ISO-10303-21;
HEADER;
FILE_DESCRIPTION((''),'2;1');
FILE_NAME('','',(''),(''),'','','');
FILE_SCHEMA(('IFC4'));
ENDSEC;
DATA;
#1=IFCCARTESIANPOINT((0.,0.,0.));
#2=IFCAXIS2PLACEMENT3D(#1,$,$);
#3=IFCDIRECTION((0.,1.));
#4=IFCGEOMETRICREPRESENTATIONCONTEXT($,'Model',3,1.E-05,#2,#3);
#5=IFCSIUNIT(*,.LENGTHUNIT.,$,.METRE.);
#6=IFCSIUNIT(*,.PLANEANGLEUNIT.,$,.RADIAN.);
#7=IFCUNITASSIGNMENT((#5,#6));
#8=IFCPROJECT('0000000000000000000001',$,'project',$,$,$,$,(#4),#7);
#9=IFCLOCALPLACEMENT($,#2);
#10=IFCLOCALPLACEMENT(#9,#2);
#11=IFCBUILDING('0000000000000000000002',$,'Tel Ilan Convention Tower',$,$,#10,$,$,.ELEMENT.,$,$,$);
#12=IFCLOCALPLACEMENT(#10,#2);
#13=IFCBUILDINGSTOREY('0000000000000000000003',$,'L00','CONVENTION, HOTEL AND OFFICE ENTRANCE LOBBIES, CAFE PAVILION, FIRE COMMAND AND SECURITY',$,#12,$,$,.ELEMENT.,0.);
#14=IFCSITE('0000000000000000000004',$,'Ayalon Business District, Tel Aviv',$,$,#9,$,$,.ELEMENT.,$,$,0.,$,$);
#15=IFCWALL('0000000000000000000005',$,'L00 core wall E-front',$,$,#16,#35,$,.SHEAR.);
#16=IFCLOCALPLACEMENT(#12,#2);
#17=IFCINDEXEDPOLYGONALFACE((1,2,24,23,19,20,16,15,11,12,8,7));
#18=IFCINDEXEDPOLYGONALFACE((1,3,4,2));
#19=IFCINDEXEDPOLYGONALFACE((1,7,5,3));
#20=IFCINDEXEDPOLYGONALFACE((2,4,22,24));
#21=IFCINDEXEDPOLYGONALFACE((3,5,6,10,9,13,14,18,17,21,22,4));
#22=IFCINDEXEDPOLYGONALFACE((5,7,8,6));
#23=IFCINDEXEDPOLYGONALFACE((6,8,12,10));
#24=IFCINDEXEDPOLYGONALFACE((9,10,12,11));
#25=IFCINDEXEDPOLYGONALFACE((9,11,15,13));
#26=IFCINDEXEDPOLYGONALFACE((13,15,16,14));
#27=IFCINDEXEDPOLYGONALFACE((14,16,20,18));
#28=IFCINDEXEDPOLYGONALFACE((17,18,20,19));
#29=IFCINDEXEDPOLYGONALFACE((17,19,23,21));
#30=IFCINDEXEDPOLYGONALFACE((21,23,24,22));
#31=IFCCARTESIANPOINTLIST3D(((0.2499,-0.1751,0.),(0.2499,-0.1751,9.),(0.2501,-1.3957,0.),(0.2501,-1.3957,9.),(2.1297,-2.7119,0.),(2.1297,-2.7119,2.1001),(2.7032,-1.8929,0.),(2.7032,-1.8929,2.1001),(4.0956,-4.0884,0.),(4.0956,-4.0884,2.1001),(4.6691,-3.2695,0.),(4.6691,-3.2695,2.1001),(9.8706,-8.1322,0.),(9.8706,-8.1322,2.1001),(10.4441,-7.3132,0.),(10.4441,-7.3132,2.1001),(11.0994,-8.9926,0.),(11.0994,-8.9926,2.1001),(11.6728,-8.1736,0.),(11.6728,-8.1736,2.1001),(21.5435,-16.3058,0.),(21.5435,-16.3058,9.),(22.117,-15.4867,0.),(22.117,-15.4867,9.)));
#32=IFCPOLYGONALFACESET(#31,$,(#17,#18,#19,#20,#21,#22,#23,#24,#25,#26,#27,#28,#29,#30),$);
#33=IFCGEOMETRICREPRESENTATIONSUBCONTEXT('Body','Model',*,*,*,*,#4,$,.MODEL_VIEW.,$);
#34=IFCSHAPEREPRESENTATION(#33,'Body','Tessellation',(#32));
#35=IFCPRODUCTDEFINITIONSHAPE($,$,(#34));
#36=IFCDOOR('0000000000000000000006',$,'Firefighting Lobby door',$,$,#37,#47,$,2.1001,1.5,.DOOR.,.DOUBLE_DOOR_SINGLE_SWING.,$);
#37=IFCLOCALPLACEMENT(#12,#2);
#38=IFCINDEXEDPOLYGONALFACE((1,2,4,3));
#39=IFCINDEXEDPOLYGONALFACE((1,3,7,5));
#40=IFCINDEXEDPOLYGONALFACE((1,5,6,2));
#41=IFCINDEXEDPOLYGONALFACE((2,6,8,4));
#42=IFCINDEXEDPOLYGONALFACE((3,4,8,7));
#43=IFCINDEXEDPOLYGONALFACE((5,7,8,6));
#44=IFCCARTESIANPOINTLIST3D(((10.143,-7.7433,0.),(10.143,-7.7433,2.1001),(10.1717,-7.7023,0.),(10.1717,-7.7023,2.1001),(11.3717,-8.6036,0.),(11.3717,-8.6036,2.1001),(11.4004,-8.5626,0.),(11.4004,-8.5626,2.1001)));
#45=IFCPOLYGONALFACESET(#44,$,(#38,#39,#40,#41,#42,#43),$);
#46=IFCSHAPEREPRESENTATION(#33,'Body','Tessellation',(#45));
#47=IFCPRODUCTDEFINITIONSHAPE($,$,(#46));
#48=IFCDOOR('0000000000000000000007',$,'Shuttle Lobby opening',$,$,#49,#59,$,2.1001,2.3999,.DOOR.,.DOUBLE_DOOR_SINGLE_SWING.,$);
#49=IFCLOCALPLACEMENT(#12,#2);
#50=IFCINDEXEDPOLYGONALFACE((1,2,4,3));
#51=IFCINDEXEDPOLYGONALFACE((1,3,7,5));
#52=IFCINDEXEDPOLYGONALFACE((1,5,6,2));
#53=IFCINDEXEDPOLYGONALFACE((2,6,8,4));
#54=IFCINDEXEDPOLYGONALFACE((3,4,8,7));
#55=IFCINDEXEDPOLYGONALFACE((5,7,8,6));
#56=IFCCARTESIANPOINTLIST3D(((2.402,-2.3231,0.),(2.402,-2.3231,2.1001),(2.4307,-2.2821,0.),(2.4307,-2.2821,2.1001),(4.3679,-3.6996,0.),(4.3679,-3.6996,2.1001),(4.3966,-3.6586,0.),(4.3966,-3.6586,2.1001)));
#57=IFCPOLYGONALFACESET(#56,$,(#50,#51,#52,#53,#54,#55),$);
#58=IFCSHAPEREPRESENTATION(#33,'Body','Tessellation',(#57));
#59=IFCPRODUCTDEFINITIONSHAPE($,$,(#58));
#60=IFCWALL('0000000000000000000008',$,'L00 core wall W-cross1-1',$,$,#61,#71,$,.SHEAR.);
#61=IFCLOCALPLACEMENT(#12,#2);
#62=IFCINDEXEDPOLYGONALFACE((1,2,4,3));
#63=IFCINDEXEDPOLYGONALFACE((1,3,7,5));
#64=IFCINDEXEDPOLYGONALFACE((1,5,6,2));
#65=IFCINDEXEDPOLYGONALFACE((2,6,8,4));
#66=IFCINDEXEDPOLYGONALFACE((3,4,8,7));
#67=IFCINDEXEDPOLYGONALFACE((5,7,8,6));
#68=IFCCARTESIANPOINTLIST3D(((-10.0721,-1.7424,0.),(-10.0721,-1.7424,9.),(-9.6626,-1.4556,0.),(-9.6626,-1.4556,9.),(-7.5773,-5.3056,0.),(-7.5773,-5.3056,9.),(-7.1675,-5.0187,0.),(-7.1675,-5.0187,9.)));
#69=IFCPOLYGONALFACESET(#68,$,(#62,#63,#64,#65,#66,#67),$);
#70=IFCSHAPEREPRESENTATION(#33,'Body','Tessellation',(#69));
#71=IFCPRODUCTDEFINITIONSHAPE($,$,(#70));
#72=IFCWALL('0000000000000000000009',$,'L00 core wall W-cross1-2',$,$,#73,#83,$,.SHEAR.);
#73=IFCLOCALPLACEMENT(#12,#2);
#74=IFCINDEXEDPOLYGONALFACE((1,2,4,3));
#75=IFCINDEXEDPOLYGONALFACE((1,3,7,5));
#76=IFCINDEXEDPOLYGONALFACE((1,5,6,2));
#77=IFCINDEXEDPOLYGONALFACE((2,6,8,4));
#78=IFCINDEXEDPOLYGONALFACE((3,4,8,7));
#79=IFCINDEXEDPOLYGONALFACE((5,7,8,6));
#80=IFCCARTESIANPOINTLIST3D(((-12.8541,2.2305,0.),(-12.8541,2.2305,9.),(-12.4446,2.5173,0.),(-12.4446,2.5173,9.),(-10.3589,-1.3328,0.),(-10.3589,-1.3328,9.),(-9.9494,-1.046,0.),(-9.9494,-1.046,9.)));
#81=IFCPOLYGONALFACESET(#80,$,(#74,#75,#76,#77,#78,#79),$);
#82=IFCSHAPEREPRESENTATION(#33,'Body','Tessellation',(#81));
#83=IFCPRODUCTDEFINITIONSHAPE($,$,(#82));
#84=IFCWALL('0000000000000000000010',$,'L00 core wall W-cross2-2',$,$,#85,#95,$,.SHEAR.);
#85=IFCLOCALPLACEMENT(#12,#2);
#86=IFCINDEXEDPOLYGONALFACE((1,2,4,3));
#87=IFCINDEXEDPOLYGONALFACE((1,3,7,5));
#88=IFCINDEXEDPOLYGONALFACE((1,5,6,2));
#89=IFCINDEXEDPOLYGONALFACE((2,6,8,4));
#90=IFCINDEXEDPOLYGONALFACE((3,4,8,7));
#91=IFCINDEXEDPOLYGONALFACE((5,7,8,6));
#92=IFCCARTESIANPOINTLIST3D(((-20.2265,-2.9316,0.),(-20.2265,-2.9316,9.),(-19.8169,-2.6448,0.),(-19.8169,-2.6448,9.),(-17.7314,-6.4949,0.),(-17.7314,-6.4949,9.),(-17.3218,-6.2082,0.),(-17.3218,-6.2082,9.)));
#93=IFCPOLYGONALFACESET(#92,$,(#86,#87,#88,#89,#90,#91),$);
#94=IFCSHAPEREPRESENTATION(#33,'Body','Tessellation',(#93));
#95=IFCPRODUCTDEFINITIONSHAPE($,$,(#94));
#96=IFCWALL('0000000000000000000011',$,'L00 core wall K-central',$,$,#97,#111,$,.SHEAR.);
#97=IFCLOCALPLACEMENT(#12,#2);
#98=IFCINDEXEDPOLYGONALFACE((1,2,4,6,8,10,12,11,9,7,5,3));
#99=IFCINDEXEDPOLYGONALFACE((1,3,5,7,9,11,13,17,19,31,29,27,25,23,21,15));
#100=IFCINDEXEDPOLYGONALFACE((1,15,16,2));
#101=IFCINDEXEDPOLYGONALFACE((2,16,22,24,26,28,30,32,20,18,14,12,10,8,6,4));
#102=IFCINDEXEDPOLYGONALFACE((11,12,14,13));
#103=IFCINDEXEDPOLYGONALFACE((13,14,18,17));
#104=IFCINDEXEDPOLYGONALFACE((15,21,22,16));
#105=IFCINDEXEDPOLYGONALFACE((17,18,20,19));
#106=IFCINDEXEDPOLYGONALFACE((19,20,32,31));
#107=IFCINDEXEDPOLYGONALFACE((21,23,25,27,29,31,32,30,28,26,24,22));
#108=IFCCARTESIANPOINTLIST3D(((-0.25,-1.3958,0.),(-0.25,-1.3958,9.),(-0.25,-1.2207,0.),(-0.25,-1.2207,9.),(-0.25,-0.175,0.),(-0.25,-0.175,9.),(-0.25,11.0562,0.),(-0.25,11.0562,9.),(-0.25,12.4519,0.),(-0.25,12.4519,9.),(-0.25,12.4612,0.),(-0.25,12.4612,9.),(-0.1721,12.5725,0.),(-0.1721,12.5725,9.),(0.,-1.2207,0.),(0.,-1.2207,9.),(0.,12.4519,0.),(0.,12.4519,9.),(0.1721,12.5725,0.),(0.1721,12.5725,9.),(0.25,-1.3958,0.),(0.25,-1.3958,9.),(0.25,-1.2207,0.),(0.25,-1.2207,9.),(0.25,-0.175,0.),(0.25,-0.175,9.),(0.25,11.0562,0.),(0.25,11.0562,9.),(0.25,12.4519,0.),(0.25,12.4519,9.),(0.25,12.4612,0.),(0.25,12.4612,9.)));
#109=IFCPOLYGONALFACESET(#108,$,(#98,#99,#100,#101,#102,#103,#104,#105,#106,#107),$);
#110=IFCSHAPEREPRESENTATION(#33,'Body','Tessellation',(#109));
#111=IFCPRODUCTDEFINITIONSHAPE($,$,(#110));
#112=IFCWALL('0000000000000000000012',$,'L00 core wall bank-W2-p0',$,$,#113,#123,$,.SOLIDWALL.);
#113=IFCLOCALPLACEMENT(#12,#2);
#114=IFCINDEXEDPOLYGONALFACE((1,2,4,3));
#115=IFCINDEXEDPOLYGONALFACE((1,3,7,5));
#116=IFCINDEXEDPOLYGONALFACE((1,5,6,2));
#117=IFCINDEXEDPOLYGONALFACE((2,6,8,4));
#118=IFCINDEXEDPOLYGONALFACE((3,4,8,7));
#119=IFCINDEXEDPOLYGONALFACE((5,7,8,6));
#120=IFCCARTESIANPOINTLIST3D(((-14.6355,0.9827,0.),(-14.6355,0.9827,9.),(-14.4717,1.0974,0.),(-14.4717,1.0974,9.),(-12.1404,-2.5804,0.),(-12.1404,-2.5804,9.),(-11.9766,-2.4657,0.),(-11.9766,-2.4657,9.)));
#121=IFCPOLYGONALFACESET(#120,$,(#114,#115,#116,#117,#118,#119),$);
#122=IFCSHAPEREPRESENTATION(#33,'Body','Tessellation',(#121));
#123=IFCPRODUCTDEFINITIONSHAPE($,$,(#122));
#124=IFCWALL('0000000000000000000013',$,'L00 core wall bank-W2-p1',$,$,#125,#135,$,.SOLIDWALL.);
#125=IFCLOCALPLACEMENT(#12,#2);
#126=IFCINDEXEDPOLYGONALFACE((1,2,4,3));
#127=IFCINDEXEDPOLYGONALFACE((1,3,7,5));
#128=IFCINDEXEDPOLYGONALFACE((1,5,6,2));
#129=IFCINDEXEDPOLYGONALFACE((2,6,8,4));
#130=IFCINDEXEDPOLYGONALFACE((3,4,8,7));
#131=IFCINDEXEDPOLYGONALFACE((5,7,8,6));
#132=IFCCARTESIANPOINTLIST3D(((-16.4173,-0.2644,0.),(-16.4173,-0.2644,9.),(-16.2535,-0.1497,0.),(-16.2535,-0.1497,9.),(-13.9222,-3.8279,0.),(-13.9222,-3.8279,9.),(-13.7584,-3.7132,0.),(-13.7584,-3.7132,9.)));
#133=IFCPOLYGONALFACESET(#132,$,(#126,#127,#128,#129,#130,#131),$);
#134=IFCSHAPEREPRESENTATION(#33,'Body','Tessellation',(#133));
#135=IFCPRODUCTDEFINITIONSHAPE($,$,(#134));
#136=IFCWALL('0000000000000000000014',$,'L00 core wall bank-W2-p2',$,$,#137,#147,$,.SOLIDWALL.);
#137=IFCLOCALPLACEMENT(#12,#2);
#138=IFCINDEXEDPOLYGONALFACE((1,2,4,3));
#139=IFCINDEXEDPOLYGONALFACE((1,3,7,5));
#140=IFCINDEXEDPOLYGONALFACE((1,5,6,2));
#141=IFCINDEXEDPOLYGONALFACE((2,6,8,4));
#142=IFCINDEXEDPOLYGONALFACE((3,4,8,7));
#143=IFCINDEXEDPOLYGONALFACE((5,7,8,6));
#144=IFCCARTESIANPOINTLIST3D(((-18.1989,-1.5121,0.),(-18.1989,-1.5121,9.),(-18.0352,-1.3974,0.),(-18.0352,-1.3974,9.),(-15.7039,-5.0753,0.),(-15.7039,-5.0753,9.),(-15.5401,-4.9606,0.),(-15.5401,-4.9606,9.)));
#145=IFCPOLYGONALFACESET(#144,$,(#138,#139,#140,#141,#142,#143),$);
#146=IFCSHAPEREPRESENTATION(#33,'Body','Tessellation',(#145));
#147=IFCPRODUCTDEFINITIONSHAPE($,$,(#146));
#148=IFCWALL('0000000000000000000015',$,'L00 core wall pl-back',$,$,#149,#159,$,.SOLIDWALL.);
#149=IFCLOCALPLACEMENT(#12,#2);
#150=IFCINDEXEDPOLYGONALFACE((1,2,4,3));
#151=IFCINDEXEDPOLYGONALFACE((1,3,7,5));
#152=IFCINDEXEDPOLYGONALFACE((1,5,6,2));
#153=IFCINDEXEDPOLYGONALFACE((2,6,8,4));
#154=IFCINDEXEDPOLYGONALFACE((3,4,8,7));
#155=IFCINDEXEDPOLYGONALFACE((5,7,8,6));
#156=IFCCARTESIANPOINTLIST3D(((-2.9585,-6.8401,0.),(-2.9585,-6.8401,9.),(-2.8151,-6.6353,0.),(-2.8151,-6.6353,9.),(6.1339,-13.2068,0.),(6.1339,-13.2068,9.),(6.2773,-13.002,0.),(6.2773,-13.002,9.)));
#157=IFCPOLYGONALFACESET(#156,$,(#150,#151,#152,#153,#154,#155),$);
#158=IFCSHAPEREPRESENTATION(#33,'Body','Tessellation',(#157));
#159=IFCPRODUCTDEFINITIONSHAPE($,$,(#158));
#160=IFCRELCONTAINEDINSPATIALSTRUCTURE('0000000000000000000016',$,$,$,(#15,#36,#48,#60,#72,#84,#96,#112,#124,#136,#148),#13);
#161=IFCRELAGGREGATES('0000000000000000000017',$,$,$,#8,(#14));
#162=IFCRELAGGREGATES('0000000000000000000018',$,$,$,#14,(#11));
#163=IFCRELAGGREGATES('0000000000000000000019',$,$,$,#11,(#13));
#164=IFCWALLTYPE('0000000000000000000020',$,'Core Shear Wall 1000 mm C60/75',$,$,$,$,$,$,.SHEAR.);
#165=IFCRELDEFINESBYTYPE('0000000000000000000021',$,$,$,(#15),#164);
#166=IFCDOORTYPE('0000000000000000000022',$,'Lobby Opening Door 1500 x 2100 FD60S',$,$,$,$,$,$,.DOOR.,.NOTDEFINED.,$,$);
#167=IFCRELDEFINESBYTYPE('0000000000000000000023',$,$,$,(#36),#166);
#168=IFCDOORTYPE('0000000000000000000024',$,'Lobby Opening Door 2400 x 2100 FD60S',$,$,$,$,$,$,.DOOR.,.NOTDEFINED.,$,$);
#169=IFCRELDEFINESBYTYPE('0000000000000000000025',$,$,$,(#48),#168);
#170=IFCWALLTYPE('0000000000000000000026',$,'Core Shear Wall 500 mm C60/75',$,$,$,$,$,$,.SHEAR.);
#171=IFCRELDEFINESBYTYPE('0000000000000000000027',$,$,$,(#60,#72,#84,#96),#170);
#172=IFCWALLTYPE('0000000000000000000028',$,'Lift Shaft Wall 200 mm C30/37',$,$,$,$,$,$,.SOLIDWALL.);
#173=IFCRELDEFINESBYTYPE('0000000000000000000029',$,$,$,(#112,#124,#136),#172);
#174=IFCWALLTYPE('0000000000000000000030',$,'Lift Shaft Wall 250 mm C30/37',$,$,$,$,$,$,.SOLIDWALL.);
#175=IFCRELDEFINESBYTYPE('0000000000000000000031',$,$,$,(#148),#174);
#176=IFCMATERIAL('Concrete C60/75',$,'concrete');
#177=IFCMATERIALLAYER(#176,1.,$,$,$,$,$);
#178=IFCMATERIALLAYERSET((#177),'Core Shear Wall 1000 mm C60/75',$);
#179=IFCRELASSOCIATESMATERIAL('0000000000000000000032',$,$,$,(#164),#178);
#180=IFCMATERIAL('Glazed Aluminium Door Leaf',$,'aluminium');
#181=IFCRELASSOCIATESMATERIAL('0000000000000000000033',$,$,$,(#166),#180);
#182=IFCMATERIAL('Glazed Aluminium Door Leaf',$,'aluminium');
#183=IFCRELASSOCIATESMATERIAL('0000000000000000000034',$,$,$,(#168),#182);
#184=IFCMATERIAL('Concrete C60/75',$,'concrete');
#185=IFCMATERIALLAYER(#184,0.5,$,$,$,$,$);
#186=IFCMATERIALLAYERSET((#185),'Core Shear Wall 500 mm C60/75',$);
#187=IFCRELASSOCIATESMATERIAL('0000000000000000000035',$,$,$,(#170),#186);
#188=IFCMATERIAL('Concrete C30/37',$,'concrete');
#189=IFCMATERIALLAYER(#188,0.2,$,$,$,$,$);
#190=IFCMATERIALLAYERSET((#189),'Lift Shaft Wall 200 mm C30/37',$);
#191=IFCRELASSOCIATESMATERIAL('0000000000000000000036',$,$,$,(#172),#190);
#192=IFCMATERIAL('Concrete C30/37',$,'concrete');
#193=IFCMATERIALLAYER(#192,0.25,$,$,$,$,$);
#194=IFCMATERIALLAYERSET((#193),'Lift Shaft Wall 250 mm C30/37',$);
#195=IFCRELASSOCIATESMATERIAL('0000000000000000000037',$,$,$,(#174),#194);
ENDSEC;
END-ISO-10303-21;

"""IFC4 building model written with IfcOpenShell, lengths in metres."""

from ifc_helpers import new_model, si_unit, direction, frame, frame_2d, origin, place, context, subcontext, project, spatial, polyline, rectangle, outline, extrude, material, layer, layer_set, type_object, element, fill, save


model = new_model("IFC4")

# Units and contexts
model_context = context("Model", 3, precision=1e-05, world=origin(), true_north=direction((0.0, 1.0)))
body_context = subcontext(model_context, "Body", "Model", "MODEL_VIEW")
ifc_project = project(units=[si_unit("LENGTHUNIT", "METRE"), si_unit("PLANEANGLEUNIT", "RADIAN")], contexts=[model_context])

# Site, building, storey
site_placement = place(None, origin())
site = spatial("IfcSite", under=ifc_project, at=site_placement, Name="Ayalon Business District, Tel Aviv", CompositionType="ELEMENT", RefElevation=0.0)
building_placement = place(site_placement, origin())
building = spatial("IfcBuilding", under=site, at=building_placement, Name="Tel Ilan Convention Tower", CompositionType="ELEMENT")
storey_placement = place(building_placement, origin())
storey = spatial("IfcBuildingStorey", under=building, at=storey_placement, Name="L00", Description="CONVENTION, HOTEL AND OFFICE ENTRANCE LOBBIES, CAFE PAVILION, FIRE COMMAND AND SECURITY", CompositionType="ELEMENT", Elevation=0.0)

# Wall, openings, doors
ifc_material_1 = material(Name="Concrete C60/75", Category="concrete")
ifc_layer_1 = layer(ifc_material_1, 1.0)
ifc_layer_set_1 = layer_set([ifc_layer_1], Name="Core Shear Wall 1000 mm C60/75")
wall_type_1 = type_object("IfcWallType", Name="Core Shear Wall 1000 mm C60/75", PredefinedType="SHEAR", material=ifc_layer_set_1)
wall_1_placement = place(storey_placement, frame((-0.0369, -0.5847, 0.0), z_axis=(0.0, 0.0, 1.0), x_axis=(0.819157, -0.573569, 0.0)))
wall_1 = element("IfcWall", 1, at=wall_1_placement, inside=storey, type_object=wall_type_1, Name="L00 core wall E-front", PredefinedType="SHEAR", context=body_context, shape_type="SweptSolid", body=[
    extrude(outline(polyline([(26.6948, 0.4998), (0.0, 0.5), (0.7002, -0.4998), (26.6948, -0.5002), (26.6948, 0.4998)])), origin(), (0.0, 0.0, 1.0), 9.0),
])
opening_1_placement = place(wall_1_placement, frame((2.9949, 0.0, 0.0)))
opening_1 = element("IfcOpeningElement", 2, at=opening_1_placement, cuts=wall_1, PredefinedType="OPENING", context=body_context, shape_type="SweptSolid", body=[
    extrude(rectangle(XDim=2.3999, YDim=2.1001, at=frame_2d((1.2, 1.05))), frame((0.0, 0.51, 0.0), z_axis=(0.0, -1.0, 0.0), x_axis=(1.0, 0.0, 0.0)), (0.0, 0.0, 1.0), 1.02),
])
opening_2_placement = place(wall_1_placement, frame((12.4448, 0.0, 0.0)))
opening_2 = element("IfcOpeningElement", 3, at=opening_2_placement, cuts=wall_1, PredefinedType="OPENING", context=body_context, shape_type="SweptSolid", body=[
    extrude(rectangle(XDim=1.5, YDim=2.1001, at=frame_2d((0.75, 1.05))), frame((0.0, 0.51, 0.0), z_axis=(0.0, -1.0, 0.0), x_axis=(1.0, 0.0, 0.0)), (0.0, 0.0, 1.0), 1.02),
])
ifc_material_2 = material(Name="Glazed Aluminium Door Leaf", Category="aluminium")
door_type_1 = type_object("IfcDoorType", Name="Lobby Opening Door 1500 x 2100 FD60S", OperationType="NOTDEFINED", PredefinedType="DOOR", material=ifc_material_2)
door_1_placement = place(opening_2_placement, origin())
door_1 = element("IfcDoor", 4, at=door_1_placement, inside=storey, type_object=door_type_1, Name="Firefighting Lobby door", OperationType="DOUBLE_DOOR_SINGLE_SWING", OverallHeight=2.1001, OverallWidth=1.5, PredefinedType="DOOR", context=body_context, shape_type="SweptSolid", body=[
    extrude(rectangle(XDim=1.5, YDim=2.1001, at=frame_2d((0.75, 1.05))), frame((0.0, 0.0249, 0.0), z_axis=(0.0, -1.0, 0.0), x_axis=(1.0, 0.0, 0.0)), (0.0, 0.0, 1.0), 0.05),
])
fill(opening_2, door_1)
ifc_material_3 = material(Name="Glazed Aluminium Door Leaf", Category="aluminium")
door_type_2 = type_object("IfcDoorType", Name="Lobby Opening Door 2400 x 2100 FD60S", OperationType="NOTDEFINED", PredefinedType="DOOR", material=ifc_material_3)
door_2_placement = place(opening_1_placement, origin())
door_2 = element("IfcDoor", 5, at=door_2_placement, inside=storey, type_object=door_type_2, Name="Shuttle Lobby opening", OperationType="DOUBLE_DOOR_SINGLE_SWING", OverallHeight=2.1001, OverallWidth=2.3999, PredefinedType="DOOR", context=body_context, shape_type="SweptSolid", body=[
    extrude(rectangle(XDim=2.3999, YDim=2.1001, at=frame_2d((1.2, 1.05))), frame((0.0, 0.0249, 0.0), z_axis=(0.0, -1.0, 0.0), x_axis=(1.0, 0.0, 0.0)), (0.0, 0.0, 1.0), 0.05),
])
fill(opening_1, door_2)

# Walls
ifc_material_4 = material(Name="Concrete C60/75", Category="concrete")
ifc_layer_2 = layer(ifc_material_4, 0.5)
ifc_layer_set_2 = layer_set([ifc_layer_2], Name="Core Shear Wall 500 mm C60/75")
wall_type_2 = type_object("IfcWallType", Name="Core Shear Wall 500 mm C60/75", PredefinedType="SHEAR", material=ifc_layer_set_2)
wall_2_placement = place(storey_placement, frame((-7.3723, -5.1621, 0.0), z_axis=(0.0, 0.0, 1.0), x_axis=(-0.573594, 0.81914, 0.0)))
element("IfcWall", 6, at=wall_2_placement, inside=storey, type_object=wall_type_2, Name="L00 core wall W-cross1-1", PredefinedType="SHEAR", context=body_context, shape_type="SweptSolid", body=[
    extrude(outline(polyline([(4.3499, 0.25), (0.0, 0.2502), (0.0, -0.25), (4.3499, -0.25), (4.3499, 0.25)])), origin(), (0.0, 0.0, 1.0), 9.0),
])
wall_3_placement = place(storey_placement, frame((-10.1543, -1.1892, 0.0), z_axis=(0.0, 0.0, 1.0), x_axis=(-0.573594, 0.81914, 0.0)))
element("IfcWall", 7, at=wall_3_placement, inside=storey, type_object=wall_type_2, Name="L00 core wall W-cross1-2", PredefinedType="SHEAR", context=body_context, shape_type="SweptSolid", body=[
    extrude(outline(polyline([(4.3499, -0.25), (4.3499, 0.25), (-0.0002, 0.25), (-0.0002, -0.25), (4.3499, -0.25)])), origin(), (0.0, 0.0, 1.0), 9.0),
])
wall_4_placement = place(storey_placement, frame((-17.5266, -6.3516, 0.0), z_axis=(0.0, 0.0, 1.0), x_axis=(-0.57353, 0.819184, 0.0)))
element("IfcWall", 8, at=wall_4_placement, inside=storey, type_object=wall_type_2, Name="L00 core wall W-cross2-2", PredefinedType="SHEAR", context=body_context, shape_type="SweptSolid", body=[
    extrude(outline(polyline([(4.3501, -0.2498), (4.3501, 0.2502), (0.0, 0.25), (0.0, -0.25), (4.3501, -0.2498)])), origin(), (0.0, 0.0, 1.0), 9.0),
])
wall_5_placement = place(storey_placement, frame((0.0, -1.3958, 0.0), z_axis=(0.0, 0.0, 1.0), x_axis=(0.0, 1.0, 0.0)))
element("IfcWall", 9, at=wall_5_placement, inside=storey, type_object=wall_type_2, Name="L00 core wall K-central", PredefinedType="SHEAR", context=body_context, shape_type="SweptSolid", body=[
    extrude(outline(polyline([(0.0, -0.25), (0.175, -0.25), (1.2207, -0.25), (12.4519, -0.25), (13.8477, -0.25), (13.8569, -0.25), (13.9683, -0.1721), (13.8477, 0.0), (13.9683, 0.1721), (13.8569, 0.25), (13.8477, 0.25), (12.4519, 0.25), (1.2207, 0.25), (0.175, 0.25), (0.0, 0.25), (0.175, 0.0), (0.0, -0.25)])), origin(), (0.0, 0.0, 1.0), 9.0),
])
ifc_material_5 = material(Name="Concrete C30/37", Category="concrete")
ifc_layer_3 = layer(ifc_material_5, 0.2)
ifc_layer_set_3 = layer_set([ifc_layer_3], Name="Lift Shaft Wall 200 mm C30/37")
wall_type_3 = type_object("IfcWallType", Name="Lift Shaft Wall 200 mm C30/37", PredefinedType="SOLIDWALL", material=ifc_layer_set_3)
wall_6_placement = place(storey_placement, frame((-12.0586, -2.5229, 0.0), z_axis=(0.0, 0.0, 1.0), x_axis=(-0.573594, 0.81914, 0.0)))
element("IfcWall", 10, at=wall_6_placement, inside=storey, type_object=wall_type_3, Name="L00 core wall bank-W2-p0", PredefinedType="SOLIDWALL", context=body_context, shape_type="SweptSolid", body=[
    extrude(rectangle(XDim=4.3499, YDim=0.2, at=frame_2d((2.1748, 0.0))), origin(), (0.0, 0.0, 1.0), 9.0),
])
wall_7_placement = place(storey_placement, frame((-13.8403, -3.7705, 0.0), z_axis=(0.0, 0.0, 1.0), x_axis=(-0.573568, 0.819158, 0.0)))
element("IfcWall", 11, at=wall_7_placement, inside=storey, type_object=wall_type_3, Name="L00 core wall bank-W2-p1", PredefinedType="SOLIDWALL", context=body_context, shape_type="SweptSolid", body=[
    extrude(rectangle(XDim=4.3501, YDim=0.2, at=frame_2d((2.175, 0.0))), origin(), (0.0, 0.0, 1.0), 9.0),
])
wall_8_placement = place(storey_placement, frame((-15.6221, -5.0178, 0.0), z_axis=(0.0, 0.0, 1.0), x_axis=(-0.573594, 0.81914, 0.0)))
element("IfcWall", 12, at=wall_8_placement, inside=storey, type_object=wall_type_3, Name="L00 core wall bank-W2-p2", PredefinedType="SOLIDWALL", context=body_context, shape_type="SweptSolid", body=[
    extrude(rectangle(XDim=4.3499, YDim=0.2, at=frame_2d((2.1748, 0.0))), origin(), (0.0, 0.0, 1.0), 9.0),
])
ifc_material_6 = material(Name="Concrete C30/37", Category="concrete")
ifc_layer_4 = layer(ifc_material_6, 0.25)
ifc_layer_set_4 = layer_set([ifc_layer_4], Name="Lift Shaft Wall 250 mm C30/37")
wall_type_4 = type_object("IfcWallType", Name="Lift Shaft Wall 250 mm C30/37", PredefinedType="SOLIDWALL", material=ifc_layer_set_4)
wall_9_placement = place(storey_placement, frame((-2.8867, -6.7378, 0.0), z_axis=(0.0, 0.0, 1.0), x_axis=(0.81915, -0.573579, 0.0)))
element("IfcWall", 13, at=wall_9_placement, inside=storey, type_object=wall_type_4, Name="L00 core wall pl-back", PredefinedType="SOLIDWALL", context=body_context, shape_type="SweptSolid", body=[
    extrude(rectangle(XDim=11.0999, YDim=0.25, at=frame_2d((5.5498, 0.0))), origin(), (0.0, 0.0, 1.0), 9.0),
])

save(model, "model.ifc")
